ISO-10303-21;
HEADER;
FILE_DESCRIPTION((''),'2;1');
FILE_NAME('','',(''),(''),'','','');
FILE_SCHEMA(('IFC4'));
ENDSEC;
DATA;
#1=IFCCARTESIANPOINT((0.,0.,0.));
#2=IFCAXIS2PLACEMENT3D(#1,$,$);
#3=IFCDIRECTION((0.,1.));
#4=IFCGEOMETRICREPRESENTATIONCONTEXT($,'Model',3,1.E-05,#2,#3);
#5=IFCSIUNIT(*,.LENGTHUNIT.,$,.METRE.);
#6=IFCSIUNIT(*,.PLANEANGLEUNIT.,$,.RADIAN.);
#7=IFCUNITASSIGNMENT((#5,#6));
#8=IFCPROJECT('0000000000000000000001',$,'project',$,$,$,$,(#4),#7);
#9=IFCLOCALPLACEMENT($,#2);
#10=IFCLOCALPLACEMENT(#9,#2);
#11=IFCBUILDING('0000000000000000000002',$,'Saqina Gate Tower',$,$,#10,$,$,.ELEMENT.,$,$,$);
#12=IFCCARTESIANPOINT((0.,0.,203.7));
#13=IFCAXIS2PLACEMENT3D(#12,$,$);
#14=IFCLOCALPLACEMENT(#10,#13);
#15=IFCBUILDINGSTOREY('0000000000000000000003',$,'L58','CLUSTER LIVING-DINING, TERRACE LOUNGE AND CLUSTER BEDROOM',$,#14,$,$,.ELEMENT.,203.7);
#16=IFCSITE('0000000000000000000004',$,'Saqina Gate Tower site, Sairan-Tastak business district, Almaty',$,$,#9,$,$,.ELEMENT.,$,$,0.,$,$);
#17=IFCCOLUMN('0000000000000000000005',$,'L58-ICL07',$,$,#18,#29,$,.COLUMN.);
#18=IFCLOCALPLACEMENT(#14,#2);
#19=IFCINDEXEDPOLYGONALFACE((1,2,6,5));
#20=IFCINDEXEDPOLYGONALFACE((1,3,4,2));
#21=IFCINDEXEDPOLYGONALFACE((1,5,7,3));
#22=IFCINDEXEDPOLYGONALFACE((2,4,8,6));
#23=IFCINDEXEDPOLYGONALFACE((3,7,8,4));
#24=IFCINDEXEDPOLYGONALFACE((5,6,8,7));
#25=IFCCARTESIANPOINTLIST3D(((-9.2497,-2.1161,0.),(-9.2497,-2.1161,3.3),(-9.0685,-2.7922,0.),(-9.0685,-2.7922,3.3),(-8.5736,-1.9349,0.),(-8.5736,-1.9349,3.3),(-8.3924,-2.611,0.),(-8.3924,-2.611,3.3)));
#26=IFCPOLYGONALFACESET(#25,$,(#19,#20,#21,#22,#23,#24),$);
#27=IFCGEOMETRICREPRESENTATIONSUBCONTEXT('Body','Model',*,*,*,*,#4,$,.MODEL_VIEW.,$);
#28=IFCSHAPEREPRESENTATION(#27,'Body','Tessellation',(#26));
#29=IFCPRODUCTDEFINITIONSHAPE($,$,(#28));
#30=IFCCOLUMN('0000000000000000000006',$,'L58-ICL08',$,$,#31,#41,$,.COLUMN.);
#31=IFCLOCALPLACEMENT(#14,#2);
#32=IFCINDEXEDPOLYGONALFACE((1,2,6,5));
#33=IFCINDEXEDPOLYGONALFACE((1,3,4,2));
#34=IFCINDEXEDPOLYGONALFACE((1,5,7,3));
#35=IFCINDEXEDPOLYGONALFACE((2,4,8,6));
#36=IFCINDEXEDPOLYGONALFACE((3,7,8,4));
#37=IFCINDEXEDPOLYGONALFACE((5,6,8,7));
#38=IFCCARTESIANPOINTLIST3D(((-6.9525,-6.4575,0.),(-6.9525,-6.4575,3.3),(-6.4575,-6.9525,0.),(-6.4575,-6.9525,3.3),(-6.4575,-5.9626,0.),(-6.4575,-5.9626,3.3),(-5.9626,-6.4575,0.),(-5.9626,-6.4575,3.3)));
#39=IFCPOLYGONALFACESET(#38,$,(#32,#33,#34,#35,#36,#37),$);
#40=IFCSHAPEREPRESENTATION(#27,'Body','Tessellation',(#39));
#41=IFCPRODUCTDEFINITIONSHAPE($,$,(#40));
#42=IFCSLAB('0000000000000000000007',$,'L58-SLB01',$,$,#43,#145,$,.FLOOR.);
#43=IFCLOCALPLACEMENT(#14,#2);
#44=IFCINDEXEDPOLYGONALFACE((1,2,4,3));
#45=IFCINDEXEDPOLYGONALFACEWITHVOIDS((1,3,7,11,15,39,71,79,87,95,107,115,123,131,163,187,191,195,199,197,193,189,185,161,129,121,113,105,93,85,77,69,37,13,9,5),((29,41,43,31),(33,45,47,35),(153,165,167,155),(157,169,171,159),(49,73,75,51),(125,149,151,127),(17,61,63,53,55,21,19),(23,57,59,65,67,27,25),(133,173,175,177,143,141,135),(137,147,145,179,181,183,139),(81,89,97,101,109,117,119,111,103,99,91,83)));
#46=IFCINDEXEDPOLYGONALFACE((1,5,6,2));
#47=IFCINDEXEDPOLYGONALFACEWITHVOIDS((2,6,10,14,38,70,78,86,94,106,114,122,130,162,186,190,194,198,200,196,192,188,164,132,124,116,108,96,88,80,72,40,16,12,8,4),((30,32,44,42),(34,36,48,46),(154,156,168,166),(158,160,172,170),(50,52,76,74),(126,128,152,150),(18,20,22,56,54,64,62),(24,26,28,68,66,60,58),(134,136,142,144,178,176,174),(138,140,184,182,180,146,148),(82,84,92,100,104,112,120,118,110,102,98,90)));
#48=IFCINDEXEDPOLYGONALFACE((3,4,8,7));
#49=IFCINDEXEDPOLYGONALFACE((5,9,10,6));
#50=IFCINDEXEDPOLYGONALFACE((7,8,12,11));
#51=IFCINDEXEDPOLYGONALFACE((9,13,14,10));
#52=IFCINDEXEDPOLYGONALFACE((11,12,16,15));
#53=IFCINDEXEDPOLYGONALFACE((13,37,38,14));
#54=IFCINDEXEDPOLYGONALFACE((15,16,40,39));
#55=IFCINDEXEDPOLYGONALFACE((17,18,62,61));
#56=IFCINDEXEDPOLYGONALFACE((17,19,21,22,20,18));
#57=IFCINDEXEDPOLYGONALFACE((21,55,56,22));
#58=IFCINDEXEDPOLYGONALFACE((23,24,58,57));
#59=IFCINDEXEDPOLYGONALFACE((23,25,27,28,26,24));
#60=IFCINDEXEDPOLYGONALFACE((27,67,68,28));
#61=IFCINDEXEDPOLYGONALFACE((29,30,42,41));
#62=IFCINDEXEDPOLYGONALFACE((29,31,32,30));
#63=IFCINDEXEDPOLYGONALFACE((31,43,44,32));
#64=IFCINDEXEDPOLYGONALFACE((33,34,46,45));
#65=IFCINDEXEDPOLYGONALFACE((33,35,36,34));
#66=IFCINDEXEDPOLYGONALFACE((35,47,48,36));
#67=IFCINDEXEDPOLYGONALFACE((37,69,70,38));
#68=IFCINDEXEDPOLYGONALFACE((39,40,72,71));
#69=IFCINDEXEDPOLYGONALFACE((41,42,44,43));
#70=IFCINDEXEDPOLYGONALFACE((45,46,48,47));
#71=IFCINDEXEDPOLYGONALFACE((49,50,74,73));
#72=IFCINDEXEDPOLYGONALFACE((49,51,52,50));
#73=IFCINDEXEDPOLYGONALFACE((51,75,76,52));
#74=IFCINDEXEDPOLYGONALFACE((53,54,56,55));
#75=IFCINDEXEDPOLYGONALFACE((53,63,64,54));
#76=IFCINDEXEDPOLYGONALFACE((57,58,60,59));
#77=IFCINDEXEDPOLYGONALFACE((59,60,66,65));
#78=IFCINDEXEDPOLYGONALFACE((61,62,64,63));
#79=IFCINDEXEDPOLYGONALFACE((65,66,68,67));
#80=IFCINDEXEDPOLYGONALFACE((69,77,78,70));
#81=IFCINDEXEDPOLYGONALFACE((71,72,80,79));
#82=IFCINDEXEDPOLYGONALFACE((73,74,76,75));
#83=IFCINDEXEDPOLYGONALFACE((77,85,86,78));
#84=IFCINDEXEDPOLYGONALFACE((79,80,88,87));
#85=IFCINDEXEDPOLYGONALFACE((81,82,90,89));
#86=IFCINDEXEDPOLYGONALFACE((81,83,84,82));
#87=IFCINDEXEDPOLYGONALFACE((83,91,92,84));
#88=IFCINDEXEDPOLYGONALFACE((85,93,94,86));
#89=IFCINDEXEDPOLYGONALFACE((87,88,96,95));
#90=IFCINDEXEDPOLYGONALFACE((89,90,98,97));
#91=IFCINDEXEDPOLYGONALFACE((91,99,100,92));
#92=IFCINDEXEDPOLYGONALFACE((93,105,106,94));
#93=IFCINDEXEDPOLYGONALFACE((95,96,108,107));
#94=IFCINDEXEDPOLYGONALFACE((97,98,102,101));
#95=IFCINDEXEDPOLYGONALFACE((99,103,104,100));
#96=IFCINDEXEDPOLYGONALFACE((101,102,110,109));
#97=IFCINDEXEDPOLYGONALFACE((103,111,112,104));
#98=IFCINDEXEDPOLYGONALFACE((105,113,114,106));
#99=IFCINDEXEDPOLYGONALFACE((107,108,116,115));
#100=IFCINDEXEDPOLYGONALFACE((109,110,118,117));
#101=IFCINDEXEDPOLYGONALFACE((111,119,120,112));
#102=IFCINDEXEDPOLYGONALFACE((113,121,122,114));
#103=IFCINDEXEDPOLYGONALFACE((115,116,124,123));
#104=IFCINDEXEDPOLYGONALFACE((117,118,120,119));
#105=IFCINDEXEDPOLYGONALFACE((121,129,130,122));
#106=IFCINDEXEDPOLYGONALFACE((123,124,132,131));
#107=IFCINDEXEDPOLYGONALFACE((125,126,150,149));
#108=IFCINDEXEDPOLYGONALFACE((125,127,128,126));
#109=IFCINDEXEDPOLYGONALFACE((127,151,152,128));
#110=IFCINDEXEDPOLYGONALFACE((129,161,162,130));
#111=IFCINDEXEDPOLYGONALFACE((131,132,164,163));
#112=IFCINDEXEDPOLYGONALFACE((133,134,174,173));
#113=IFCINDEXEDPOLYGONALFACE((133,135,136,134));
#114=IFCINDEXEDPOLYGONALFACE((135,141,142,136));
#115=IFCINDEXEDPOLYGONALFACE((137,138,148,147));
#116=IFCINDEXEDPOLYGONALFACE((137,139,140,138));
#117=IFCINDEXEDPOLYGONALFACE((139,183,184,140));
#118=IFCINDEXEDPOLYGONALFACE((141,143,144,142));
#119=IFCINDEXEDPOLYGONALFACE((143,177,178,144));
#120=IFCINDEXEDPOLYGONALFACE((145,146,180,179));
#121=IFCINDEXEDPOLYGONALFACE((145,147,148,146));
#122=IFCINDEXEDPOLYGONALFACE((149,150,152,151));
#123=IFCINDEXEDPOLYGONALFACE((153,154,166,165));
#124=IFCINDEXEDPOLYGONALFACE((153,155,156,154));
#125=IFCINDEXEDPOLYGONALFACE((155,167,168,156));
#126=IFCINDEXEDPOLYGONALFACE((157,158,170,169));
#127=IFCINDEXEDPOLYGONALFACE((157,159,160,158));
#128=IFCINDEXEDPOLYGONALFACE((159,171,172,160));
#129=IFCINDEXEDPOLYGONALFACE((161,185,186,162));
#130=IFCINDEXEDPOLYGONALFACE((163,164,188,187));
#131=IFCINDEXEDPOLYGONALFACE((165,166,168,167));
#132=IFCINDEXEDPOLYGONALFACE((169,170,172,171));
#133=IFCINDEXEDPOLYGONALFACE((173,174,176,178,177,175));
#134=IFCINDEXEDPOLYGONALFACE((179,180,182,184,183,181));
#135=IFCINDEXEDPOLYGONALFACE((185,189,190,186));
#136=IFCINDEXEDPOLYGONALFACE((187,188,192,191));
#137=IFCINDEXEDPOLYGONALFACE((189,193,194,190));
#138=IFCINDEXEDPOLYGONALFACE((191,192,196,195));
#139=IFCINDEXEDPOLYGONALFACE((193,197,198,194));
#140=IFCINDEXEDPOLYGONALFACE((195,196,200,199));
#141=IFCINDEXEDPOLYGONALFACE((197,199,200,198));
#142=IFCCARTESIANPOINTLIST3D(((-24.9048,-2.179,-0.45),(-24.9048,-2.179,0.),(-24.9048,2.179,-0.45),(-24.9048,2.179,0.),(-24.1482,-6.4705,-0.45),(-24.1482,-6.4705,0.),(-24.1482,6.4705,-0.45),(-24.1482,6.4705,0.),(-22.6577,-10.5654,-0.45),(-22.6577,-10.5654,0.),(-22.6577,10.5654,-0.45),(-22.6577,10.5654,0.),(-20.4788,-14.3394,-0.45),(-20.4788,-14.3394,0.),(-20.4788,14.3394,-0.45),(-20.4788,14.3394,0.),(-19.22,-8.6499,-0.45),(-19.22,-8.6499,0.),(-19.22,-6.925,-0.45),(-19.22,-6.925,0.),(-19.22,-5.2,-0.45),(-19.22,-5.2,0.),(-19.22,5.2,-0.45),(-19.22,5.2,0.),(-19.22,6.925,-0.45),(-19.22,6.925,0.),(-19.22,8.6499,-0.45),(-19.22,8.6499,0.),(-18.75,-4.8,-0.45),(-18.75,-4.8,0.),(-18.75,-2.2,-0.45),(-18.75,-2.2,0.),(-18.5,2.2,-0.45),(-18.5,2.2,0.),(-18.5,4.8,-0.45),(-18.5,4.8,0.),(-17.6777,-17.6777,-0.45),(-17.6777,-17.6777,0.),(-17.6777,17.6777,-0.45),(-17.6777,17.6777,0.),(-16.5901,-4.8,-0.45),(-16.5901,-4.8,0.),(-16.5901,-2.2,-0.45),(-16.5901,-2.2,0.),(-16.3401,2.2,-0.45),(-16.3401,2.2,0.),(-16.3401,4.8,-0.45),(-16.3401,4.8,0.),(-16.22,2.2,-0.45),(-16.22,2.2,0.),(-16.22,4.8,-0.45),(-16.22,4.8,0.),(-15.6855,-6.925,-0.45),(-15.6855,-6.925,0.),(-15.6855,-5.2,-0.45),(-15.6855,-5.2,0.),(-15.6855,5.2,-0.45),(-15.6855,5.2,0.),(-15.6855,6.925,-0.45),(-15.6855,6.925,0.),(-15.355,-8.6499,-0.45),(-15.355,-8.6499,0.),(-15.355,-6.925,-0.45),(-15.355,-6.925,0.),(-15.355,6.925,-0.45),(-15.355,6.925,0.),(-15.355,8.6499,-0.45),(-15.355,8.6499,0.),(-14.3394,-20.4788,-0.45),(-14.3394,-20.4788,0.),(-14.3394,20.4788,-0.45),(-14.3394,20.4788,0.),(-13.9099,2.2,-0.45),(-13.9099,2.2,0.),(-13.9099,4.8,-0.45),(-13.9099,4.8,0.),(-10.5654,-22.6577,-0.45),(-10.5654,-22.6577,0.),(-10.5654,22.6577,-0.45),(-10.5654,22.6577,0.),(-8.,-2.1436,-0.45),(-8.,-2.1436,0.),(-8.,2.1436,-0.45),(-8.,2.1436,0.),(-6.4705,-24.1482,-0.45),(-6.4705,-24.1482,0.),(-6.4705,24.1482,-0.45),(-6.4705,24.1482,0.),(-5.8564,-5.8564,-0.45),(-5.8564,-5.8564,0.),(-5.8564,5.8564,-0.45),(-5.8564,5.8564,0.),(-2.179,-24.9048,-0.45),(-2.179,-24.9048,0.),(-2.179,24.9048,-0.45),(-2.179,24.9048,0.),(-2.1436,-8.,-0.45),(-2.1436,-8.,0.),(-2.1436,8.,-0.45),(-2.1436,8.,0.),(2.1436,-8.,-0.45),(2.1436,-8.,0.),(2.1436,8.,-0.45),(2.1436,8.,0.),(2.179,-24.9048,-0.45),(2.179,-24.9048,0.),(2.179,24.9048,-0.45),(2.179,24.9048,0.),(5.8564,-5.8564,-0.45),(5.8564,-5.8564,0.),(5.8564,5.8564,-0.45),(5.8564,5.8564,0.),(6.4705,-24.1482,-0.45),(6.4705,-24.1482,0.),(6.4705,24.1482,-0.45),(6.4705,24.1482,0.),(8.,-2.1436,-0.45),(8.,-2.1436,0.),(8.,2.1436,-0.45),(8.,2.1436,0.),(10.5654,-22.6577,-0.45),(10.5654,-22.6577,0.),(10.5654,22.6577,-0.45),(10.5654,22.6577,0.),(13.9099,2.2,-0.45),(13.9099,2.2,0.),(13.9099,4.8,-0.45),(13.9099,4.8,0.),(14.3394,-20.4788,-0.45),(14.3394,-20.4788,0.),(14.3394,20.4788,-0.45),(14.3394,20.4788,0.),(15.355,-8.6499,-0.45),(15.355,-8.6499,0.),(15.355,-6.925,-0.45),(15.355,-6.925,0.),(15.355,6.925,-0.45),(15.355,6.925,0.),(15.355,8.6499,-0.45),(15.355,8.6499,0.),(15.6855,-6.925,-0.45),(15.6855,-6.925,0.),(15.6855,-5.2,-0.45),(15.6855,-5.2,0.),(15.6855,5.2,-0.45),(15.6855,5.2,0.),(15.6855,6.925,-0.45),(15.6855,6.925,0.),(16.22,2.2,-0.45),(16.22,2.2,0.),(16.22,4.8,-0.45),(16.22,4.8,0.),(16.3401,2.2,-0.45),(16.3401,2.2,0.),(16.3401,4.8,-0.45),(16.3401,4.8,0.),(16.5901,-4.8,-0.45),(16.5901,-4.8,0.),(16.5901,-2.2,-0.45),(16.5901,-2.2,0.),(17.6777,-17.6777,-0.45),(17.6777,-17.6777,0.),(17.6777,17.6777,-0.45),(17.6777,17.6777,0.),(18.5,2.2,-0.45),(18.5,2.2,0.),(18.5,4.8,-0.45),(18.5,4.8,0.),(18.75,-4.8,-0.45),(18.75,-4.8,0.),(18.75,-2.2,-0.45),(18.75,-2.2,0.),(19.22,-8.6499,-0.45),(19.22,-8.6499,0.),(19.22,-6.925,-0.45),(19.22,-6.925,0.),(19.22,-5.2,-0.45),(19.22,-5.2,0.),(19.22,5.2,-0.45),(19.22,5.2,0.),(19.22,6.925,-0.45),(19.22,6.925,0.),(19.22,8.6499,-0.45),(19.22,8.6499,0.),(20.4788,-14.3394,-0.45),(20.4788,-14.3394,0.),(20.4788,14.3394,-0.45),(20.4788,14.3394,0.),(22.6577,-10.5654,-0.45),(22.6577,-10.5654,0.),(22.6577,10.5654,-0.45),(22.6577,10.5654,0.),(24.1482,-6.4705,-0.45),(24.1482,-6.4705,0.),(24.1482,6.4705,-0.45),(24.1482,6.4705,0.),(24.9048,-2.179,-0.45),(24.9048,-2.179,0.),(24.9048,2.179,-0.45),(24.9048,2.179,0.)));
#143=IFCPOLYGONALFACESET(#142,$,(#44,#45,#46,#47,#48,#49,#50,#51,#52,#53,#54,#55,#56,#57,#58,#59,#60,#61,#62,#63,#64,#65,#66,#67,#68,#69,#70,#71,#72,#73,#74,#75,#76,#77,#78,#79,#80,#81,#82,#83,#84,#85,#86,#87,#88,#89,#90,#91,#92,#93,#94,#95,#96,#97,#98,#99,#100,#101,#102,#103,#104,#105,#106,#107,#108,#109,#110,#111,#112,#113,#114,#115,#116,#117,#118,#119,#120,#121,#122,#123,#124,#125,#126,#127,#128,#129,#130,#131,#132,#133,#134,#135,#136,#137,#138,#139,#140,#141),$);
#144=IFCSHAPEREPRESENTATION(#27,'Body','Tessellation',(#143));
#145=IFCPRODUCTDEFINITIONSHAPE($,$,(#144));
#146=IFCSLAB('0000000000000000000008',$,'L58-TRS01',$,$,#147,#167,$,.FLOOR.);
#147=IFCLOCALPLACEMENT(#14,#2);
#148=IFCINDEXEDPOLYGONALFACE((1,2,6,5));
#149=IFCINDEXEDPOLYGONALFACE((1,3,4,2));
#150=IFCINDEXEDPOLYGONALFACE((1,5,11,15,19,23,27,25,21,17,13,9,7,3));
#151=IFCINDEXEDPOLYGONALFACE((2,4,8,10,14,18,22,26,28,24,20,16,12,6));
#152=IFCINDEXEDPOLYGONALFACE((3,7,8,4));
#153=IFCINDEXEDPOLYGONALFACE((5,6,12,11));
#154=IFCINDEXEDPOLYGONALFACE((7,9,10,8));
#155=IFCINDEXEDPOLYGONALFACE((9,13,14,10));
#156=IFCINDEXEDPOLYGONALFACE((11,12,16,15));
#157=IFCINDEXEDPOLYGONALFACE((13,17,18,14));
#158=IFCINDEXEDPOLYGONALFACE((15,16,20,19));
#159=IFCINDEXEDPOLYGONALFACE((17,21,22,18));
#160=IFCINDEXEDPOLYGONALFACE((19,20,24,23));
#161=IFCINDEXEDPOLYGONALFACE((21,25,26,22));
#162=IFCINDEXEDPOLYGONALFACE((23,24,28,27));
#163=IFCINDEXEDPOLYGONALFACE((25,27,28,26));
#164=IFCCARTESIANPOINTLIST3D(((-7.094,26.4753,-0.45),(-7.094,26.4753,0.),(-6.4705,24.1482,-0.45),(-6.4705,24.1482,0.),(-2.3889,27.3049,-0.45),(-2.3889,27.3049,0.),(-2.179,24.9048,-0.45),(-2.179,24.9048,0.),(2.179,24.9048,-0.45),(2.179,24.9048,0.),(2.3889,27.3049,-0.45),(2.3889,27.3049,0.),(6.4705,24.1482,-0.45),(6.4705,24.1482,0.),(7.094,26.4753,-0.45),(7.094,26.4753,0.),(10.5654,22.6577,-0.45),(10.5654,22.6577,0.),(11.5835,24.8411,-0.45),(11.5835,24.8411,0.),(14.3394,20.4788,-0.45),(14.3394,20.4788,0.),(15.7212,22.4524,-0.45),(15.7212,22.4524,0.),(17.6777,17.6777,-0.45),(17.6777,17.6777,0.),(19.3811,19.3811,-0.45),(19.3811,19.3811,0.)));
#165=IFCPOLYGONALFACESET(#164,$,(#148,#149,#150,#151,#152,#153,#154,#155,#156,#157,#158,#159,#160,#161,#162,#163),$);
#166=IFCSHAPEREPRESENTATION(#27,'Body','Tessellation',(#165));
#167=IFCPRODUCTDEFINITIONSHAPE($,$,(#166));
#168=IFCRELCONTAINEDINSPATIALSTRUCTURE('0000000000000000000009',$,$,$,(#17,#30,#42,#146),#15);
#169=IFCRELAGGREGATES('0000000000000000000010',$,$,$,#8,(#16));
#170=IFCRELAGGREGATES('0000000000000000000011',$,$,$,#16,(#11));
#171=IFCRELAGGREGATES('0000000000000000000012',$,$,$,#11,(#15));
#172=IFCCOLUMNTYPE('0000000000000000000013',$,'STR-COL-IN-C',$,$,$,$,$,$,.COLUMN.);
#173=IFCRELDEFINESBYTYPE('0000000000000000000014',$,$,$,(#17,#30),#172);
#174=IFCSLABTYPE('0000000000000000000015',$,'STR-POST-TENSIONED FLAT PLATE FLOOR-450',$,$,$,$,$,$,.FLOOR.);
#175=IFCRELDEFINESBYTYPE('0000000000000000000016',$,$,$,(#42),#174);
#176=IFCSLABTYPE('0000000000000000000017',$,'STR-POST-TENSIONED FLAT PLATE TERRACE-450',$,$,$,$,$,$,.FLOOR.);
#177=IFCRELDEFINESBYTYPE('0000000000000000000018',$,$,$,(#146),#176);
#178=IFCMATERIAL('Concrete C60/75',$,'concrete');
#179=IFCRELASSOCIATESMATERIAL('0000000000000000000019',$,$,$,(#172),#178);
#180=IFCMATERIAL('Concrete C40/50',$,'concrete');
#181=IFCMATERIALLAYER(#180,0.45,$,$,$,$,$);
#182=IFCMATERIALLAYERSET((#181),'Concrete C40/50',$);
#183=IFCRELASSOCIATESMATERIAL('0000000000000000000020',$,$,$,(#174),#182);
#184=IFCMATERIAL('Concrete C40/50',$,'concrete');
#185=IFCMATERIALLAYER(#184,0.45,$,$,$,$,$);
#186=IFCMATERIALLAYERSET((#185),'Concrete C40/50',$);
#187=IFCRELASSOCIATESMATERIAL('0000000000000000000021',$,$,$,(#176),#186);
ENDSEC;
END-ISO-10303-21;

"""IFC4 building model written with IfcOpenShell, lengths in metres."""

from ifc_helpers import new_model, si_unit, direction, frame, origin, origin_2d, place, context, subcontext, project, spatial, polyline, rectangle, outline, extrude, material, layer, layer_set, material_profile, profile_set, type_object, element, save


model = new_model("IFC4")

# Units and contexts
model_context = context("Model", 3, precision=1e-05, world=origin(), true_north=direction((0.0, 1.0)))
body_context = subcontext(model_context, "Body", "Model", "MODEL_VIEW")
ifc_project = project(units=[si_unit("LENGTHUNIT", "METRE"), si_unit("PLANEANGLEUNIT", "RADIAN")], contexts=[model_context])

# Site, building, storey
site_placement = place(None, origin())
site = spatial("IfcSite", under=ifc_project, at=site_placement, Name="Saqina Gate Tower site, Sairan-Tastak business district, Almaty", CompositionType="ELEMENT", RefElevation=0.0)
building_placement = place(site_placement, origin())
building = spatial("IfcBuilding", under=site, at=building_placement, Name="Saqina Gate Tower", CompositionType="ELEMENT")
storey_placement = place(building_placement, frame((0.0, 0.0, 203.7)))
storey = spatial("IfcBuildingStorey", under=building, at=storey_placement, Name="L58", Description="CLUSTER LIVING-DINING, TERRACE LOUNGE AND CLUSTER BEDROOM", CompositionType="ELEMENT", Elevation=203.7)

# Columns
ifc_material_1 = material(Name="Concrete C60/75", Category="concrete")
ifc_material_profile = material_profile(ifc_material_1, rectangle(XDim=0.7, YDim=0.7, at=origin_2d()), Name="RC 700x700")
ifc_profile_set = profile_set([ifc_material_profile], Name="Concrete C60/75")
column_type = type_object("IfcColumnType", Name="STR-COL-IN-C", PredefinedType="COLUMN", material=ifc_profile_set)
for number, where, z_axis, x_axis, name in (
    (1, (-8.821, -2.3635, 0.0), (0.0, 0.0, 1.0), (-0.965926, -0.258819, 0.0), "L58-ICL07"),
    (2, (-6.4575, -6.4575, 0.0), (0.0, 0.0, 1.0), (-0.707107, -0.707107, 0.0), "L58-ICL08"),
):
    element("IfcColumn", number, at=place(storey_placement, frame(where, z_axis=z_axis, x_axis=x_axis)), inside=storey, type_object=column_type, Name=name, PredefinedType="COLUMN", context=body_context, shape_type="SweptSolid", body=[
        extrude(rectangle(XDim=0.7, YDim=0.7, at=origin_2d()), origin(), (0.0, 0.0, 1.0), 3.3),
    ])

# Slabs
ifc_material_2 = material(Name="Concrete C40/50", Category="concrete")
ifc_layer_1 = layer(ifc_material_2, 0.45)
ifc_layer_set_1 = layer_set([ifc_layer_1], Name="Concrete C40/50")
slab_type_1 = type_object("IfcSlabType", Name="STR-POST-TENSIONED FLAT PLATE FLOOR-450", PredefinedType="FLOOR", material=ifc_layer_set_1)
slab_1_placement = place(storey_placement, frame((0.0, 0.0, -0.45)))
element("IfcSlab", 3, at=slab_1_placement, inside=storey, type_object=slab_type_1, Name="L58-SLB01", PredefinedType="FLOOR", context=body_context, shape_type="SweptSolid", body=[
    extrude(outline(polyline([(24.1482, -6.4705), (24.9048, -2.179), (24.9048, 2.179), (24.1482, 6.4705), (22.6577, 10.5654), (20.4788, 14.3394), (17.6777, 17.6777), (14.3394, 20.4788), (10.5654, 22.6577), (6.4705, 24.1482), (2.179, 24.9048), (-2.179, 24.9048), (-6.4705, 24.1482), (-10.5654, 22.6577), (-14.3394, 20.4788), (-17.6777, 17.6777), (-20.4788, 14.3394), (-22.6577, 10.5654), (-24.1482, 6.4705), (-24.9048, 2.179), (-24.9048, -2.179), (-24.1482, -6.4705), (-22.6577, -10.5654), (-20.4788, -14.3394), (-17.6777, -17.6777), (-14.3394, -20.4788), (-10.5654, -22.6577), (-6.4705, -24.1482), (-2.179, -24.9048), (2.179, -24.9048), (6.4705, -24.1482), (10.5654, -22.6577), (14.3394, -20.4788), (17.6777, -17.6777), (20.4788, -14.3394), (22.6577, -10.5654), (24.1482, -6.4705)]), holes=[polyline([(2.1436, 8.0), (5.8564, 5.8564), (8.0, 2.1436), (8.0, -2.1436), (5.8564, -5.8564), (2.1436, -8.0), (-2.1436, -8.0), (-5.8564, -5.8564), (-8.0, -2.1436), (-8.0, 2.1436), (-5.8564, 5.8564), (-2.1436, 8.0), (2.1436, 8.0)]), polyline([(-15.355, -8.6499), (-19.22, -8.6499), (-19.22, -6.925), (-19.22, -5.2), (-15.6855, -5.2), (-15.6855, -6.925), (-15.355, -6.925), (-15.355, -8.6499)]), polyline([(-16.5901, -2.2), (-16.5901, -4.8), (-18.75, -4.8), (-18.75, -2.2), (-16.5901, -2.2)]), polyline([(-16.3401, 4.8), (-16.3401, 2.2), (-18.5, 2.2), (-18.5, 4.8), (-16.3401, 4.8)]), polyline([(-13.9099, 4.8), (-13.9099, 2.2), (-16.22, 2.2), (-16.22, 4.8), (-13.9099, 4.8)]), polyline([(-19.22, 6.925), (-19.22, 8.6499), (-15.355, 8.6499), (-15.355, 6.925), (-15.6855, 6.925), (-15.6855, 5.2), (-19.22, 5.2), (-19.22, 6.925)]), polyline([(15.355, -8.6499), (15.355, -6.925), (15.6855, -6.925), (15.6855, -5.2), (19.22, -5.2), (19.22, -6.925), (19.22, -8.6499), (15.355, -8.6499)]), polyline([(18.75, -2.2), (18.75, -4.8), (16.5901, -4.8), (16.5901, -2.2), (18.75, -2.2)]), polyline([(16.22, 4.8), (16.22, 2.2), (13.9099, 2.2), (13.9099, 4.8), (16.22, 4.8)]), polyline([(18.5, 4.8), (18.5, 2.2), (16.3401, 2.2), (16.3401, 4.8), (18.5, 4.8)]), polyline([(15.6855, 6.925), (15.355, 6.925), (15.355, 8.6499), (19.22, 8.6499), (19.22, 6.925), (19.22, 5.2), (15.6855, 5.2), (15.6855, 6.925)])]), origin(), (0.0, 0.0, 1.0), 0.45),
])
ifc_material_3 = material(Name="Concrete C40/50", Category="concrete")
ifc_layer_2 = layer(ifc_material_3, 0.45)
ifc_layer_set_2 = layer_set([ifc_layer_2], Name="Concrete C40/50")
slab_type_2 = type_object("IfcSlabType", Name="STR-POST-TENSIONED FLAT PLATE TERRACE-450", PredefinedType="FLOOR", material=ifc_layer_set_2)
slab_2_placement = place(storey_placement, frame((0.0, 0.0, -0.45)))
element("IfcSlab", 4, at=slab_2_placement, inside=storey, type_object=slab_type_2, Name="L58-TRS01", PredefinedType="FLOOR", context=body_context, shape_type="SweptSolid", body=[
    extrude(outline(polyline([(17.6777, 17.6777), (14.3394, 20.4788), (10.5654, 22.6577), (6.4705, 24.1482), (2.179, 24.9048), (-2.179, 24.9048), (-6.4705, 24.1482), (-7.094, 26.4753), (-2.3889, 27.3049), (2.3889, 27.3049), (7.094, 26.4753), (11.5835, 24.8411), (15.7212, 22.4524), (19.3811, 19.3811), (17.6777, 17.6777)])), origin(), (0.0, 0.0, 1.0), 0.45),
])

save(model, "model.ifc")
